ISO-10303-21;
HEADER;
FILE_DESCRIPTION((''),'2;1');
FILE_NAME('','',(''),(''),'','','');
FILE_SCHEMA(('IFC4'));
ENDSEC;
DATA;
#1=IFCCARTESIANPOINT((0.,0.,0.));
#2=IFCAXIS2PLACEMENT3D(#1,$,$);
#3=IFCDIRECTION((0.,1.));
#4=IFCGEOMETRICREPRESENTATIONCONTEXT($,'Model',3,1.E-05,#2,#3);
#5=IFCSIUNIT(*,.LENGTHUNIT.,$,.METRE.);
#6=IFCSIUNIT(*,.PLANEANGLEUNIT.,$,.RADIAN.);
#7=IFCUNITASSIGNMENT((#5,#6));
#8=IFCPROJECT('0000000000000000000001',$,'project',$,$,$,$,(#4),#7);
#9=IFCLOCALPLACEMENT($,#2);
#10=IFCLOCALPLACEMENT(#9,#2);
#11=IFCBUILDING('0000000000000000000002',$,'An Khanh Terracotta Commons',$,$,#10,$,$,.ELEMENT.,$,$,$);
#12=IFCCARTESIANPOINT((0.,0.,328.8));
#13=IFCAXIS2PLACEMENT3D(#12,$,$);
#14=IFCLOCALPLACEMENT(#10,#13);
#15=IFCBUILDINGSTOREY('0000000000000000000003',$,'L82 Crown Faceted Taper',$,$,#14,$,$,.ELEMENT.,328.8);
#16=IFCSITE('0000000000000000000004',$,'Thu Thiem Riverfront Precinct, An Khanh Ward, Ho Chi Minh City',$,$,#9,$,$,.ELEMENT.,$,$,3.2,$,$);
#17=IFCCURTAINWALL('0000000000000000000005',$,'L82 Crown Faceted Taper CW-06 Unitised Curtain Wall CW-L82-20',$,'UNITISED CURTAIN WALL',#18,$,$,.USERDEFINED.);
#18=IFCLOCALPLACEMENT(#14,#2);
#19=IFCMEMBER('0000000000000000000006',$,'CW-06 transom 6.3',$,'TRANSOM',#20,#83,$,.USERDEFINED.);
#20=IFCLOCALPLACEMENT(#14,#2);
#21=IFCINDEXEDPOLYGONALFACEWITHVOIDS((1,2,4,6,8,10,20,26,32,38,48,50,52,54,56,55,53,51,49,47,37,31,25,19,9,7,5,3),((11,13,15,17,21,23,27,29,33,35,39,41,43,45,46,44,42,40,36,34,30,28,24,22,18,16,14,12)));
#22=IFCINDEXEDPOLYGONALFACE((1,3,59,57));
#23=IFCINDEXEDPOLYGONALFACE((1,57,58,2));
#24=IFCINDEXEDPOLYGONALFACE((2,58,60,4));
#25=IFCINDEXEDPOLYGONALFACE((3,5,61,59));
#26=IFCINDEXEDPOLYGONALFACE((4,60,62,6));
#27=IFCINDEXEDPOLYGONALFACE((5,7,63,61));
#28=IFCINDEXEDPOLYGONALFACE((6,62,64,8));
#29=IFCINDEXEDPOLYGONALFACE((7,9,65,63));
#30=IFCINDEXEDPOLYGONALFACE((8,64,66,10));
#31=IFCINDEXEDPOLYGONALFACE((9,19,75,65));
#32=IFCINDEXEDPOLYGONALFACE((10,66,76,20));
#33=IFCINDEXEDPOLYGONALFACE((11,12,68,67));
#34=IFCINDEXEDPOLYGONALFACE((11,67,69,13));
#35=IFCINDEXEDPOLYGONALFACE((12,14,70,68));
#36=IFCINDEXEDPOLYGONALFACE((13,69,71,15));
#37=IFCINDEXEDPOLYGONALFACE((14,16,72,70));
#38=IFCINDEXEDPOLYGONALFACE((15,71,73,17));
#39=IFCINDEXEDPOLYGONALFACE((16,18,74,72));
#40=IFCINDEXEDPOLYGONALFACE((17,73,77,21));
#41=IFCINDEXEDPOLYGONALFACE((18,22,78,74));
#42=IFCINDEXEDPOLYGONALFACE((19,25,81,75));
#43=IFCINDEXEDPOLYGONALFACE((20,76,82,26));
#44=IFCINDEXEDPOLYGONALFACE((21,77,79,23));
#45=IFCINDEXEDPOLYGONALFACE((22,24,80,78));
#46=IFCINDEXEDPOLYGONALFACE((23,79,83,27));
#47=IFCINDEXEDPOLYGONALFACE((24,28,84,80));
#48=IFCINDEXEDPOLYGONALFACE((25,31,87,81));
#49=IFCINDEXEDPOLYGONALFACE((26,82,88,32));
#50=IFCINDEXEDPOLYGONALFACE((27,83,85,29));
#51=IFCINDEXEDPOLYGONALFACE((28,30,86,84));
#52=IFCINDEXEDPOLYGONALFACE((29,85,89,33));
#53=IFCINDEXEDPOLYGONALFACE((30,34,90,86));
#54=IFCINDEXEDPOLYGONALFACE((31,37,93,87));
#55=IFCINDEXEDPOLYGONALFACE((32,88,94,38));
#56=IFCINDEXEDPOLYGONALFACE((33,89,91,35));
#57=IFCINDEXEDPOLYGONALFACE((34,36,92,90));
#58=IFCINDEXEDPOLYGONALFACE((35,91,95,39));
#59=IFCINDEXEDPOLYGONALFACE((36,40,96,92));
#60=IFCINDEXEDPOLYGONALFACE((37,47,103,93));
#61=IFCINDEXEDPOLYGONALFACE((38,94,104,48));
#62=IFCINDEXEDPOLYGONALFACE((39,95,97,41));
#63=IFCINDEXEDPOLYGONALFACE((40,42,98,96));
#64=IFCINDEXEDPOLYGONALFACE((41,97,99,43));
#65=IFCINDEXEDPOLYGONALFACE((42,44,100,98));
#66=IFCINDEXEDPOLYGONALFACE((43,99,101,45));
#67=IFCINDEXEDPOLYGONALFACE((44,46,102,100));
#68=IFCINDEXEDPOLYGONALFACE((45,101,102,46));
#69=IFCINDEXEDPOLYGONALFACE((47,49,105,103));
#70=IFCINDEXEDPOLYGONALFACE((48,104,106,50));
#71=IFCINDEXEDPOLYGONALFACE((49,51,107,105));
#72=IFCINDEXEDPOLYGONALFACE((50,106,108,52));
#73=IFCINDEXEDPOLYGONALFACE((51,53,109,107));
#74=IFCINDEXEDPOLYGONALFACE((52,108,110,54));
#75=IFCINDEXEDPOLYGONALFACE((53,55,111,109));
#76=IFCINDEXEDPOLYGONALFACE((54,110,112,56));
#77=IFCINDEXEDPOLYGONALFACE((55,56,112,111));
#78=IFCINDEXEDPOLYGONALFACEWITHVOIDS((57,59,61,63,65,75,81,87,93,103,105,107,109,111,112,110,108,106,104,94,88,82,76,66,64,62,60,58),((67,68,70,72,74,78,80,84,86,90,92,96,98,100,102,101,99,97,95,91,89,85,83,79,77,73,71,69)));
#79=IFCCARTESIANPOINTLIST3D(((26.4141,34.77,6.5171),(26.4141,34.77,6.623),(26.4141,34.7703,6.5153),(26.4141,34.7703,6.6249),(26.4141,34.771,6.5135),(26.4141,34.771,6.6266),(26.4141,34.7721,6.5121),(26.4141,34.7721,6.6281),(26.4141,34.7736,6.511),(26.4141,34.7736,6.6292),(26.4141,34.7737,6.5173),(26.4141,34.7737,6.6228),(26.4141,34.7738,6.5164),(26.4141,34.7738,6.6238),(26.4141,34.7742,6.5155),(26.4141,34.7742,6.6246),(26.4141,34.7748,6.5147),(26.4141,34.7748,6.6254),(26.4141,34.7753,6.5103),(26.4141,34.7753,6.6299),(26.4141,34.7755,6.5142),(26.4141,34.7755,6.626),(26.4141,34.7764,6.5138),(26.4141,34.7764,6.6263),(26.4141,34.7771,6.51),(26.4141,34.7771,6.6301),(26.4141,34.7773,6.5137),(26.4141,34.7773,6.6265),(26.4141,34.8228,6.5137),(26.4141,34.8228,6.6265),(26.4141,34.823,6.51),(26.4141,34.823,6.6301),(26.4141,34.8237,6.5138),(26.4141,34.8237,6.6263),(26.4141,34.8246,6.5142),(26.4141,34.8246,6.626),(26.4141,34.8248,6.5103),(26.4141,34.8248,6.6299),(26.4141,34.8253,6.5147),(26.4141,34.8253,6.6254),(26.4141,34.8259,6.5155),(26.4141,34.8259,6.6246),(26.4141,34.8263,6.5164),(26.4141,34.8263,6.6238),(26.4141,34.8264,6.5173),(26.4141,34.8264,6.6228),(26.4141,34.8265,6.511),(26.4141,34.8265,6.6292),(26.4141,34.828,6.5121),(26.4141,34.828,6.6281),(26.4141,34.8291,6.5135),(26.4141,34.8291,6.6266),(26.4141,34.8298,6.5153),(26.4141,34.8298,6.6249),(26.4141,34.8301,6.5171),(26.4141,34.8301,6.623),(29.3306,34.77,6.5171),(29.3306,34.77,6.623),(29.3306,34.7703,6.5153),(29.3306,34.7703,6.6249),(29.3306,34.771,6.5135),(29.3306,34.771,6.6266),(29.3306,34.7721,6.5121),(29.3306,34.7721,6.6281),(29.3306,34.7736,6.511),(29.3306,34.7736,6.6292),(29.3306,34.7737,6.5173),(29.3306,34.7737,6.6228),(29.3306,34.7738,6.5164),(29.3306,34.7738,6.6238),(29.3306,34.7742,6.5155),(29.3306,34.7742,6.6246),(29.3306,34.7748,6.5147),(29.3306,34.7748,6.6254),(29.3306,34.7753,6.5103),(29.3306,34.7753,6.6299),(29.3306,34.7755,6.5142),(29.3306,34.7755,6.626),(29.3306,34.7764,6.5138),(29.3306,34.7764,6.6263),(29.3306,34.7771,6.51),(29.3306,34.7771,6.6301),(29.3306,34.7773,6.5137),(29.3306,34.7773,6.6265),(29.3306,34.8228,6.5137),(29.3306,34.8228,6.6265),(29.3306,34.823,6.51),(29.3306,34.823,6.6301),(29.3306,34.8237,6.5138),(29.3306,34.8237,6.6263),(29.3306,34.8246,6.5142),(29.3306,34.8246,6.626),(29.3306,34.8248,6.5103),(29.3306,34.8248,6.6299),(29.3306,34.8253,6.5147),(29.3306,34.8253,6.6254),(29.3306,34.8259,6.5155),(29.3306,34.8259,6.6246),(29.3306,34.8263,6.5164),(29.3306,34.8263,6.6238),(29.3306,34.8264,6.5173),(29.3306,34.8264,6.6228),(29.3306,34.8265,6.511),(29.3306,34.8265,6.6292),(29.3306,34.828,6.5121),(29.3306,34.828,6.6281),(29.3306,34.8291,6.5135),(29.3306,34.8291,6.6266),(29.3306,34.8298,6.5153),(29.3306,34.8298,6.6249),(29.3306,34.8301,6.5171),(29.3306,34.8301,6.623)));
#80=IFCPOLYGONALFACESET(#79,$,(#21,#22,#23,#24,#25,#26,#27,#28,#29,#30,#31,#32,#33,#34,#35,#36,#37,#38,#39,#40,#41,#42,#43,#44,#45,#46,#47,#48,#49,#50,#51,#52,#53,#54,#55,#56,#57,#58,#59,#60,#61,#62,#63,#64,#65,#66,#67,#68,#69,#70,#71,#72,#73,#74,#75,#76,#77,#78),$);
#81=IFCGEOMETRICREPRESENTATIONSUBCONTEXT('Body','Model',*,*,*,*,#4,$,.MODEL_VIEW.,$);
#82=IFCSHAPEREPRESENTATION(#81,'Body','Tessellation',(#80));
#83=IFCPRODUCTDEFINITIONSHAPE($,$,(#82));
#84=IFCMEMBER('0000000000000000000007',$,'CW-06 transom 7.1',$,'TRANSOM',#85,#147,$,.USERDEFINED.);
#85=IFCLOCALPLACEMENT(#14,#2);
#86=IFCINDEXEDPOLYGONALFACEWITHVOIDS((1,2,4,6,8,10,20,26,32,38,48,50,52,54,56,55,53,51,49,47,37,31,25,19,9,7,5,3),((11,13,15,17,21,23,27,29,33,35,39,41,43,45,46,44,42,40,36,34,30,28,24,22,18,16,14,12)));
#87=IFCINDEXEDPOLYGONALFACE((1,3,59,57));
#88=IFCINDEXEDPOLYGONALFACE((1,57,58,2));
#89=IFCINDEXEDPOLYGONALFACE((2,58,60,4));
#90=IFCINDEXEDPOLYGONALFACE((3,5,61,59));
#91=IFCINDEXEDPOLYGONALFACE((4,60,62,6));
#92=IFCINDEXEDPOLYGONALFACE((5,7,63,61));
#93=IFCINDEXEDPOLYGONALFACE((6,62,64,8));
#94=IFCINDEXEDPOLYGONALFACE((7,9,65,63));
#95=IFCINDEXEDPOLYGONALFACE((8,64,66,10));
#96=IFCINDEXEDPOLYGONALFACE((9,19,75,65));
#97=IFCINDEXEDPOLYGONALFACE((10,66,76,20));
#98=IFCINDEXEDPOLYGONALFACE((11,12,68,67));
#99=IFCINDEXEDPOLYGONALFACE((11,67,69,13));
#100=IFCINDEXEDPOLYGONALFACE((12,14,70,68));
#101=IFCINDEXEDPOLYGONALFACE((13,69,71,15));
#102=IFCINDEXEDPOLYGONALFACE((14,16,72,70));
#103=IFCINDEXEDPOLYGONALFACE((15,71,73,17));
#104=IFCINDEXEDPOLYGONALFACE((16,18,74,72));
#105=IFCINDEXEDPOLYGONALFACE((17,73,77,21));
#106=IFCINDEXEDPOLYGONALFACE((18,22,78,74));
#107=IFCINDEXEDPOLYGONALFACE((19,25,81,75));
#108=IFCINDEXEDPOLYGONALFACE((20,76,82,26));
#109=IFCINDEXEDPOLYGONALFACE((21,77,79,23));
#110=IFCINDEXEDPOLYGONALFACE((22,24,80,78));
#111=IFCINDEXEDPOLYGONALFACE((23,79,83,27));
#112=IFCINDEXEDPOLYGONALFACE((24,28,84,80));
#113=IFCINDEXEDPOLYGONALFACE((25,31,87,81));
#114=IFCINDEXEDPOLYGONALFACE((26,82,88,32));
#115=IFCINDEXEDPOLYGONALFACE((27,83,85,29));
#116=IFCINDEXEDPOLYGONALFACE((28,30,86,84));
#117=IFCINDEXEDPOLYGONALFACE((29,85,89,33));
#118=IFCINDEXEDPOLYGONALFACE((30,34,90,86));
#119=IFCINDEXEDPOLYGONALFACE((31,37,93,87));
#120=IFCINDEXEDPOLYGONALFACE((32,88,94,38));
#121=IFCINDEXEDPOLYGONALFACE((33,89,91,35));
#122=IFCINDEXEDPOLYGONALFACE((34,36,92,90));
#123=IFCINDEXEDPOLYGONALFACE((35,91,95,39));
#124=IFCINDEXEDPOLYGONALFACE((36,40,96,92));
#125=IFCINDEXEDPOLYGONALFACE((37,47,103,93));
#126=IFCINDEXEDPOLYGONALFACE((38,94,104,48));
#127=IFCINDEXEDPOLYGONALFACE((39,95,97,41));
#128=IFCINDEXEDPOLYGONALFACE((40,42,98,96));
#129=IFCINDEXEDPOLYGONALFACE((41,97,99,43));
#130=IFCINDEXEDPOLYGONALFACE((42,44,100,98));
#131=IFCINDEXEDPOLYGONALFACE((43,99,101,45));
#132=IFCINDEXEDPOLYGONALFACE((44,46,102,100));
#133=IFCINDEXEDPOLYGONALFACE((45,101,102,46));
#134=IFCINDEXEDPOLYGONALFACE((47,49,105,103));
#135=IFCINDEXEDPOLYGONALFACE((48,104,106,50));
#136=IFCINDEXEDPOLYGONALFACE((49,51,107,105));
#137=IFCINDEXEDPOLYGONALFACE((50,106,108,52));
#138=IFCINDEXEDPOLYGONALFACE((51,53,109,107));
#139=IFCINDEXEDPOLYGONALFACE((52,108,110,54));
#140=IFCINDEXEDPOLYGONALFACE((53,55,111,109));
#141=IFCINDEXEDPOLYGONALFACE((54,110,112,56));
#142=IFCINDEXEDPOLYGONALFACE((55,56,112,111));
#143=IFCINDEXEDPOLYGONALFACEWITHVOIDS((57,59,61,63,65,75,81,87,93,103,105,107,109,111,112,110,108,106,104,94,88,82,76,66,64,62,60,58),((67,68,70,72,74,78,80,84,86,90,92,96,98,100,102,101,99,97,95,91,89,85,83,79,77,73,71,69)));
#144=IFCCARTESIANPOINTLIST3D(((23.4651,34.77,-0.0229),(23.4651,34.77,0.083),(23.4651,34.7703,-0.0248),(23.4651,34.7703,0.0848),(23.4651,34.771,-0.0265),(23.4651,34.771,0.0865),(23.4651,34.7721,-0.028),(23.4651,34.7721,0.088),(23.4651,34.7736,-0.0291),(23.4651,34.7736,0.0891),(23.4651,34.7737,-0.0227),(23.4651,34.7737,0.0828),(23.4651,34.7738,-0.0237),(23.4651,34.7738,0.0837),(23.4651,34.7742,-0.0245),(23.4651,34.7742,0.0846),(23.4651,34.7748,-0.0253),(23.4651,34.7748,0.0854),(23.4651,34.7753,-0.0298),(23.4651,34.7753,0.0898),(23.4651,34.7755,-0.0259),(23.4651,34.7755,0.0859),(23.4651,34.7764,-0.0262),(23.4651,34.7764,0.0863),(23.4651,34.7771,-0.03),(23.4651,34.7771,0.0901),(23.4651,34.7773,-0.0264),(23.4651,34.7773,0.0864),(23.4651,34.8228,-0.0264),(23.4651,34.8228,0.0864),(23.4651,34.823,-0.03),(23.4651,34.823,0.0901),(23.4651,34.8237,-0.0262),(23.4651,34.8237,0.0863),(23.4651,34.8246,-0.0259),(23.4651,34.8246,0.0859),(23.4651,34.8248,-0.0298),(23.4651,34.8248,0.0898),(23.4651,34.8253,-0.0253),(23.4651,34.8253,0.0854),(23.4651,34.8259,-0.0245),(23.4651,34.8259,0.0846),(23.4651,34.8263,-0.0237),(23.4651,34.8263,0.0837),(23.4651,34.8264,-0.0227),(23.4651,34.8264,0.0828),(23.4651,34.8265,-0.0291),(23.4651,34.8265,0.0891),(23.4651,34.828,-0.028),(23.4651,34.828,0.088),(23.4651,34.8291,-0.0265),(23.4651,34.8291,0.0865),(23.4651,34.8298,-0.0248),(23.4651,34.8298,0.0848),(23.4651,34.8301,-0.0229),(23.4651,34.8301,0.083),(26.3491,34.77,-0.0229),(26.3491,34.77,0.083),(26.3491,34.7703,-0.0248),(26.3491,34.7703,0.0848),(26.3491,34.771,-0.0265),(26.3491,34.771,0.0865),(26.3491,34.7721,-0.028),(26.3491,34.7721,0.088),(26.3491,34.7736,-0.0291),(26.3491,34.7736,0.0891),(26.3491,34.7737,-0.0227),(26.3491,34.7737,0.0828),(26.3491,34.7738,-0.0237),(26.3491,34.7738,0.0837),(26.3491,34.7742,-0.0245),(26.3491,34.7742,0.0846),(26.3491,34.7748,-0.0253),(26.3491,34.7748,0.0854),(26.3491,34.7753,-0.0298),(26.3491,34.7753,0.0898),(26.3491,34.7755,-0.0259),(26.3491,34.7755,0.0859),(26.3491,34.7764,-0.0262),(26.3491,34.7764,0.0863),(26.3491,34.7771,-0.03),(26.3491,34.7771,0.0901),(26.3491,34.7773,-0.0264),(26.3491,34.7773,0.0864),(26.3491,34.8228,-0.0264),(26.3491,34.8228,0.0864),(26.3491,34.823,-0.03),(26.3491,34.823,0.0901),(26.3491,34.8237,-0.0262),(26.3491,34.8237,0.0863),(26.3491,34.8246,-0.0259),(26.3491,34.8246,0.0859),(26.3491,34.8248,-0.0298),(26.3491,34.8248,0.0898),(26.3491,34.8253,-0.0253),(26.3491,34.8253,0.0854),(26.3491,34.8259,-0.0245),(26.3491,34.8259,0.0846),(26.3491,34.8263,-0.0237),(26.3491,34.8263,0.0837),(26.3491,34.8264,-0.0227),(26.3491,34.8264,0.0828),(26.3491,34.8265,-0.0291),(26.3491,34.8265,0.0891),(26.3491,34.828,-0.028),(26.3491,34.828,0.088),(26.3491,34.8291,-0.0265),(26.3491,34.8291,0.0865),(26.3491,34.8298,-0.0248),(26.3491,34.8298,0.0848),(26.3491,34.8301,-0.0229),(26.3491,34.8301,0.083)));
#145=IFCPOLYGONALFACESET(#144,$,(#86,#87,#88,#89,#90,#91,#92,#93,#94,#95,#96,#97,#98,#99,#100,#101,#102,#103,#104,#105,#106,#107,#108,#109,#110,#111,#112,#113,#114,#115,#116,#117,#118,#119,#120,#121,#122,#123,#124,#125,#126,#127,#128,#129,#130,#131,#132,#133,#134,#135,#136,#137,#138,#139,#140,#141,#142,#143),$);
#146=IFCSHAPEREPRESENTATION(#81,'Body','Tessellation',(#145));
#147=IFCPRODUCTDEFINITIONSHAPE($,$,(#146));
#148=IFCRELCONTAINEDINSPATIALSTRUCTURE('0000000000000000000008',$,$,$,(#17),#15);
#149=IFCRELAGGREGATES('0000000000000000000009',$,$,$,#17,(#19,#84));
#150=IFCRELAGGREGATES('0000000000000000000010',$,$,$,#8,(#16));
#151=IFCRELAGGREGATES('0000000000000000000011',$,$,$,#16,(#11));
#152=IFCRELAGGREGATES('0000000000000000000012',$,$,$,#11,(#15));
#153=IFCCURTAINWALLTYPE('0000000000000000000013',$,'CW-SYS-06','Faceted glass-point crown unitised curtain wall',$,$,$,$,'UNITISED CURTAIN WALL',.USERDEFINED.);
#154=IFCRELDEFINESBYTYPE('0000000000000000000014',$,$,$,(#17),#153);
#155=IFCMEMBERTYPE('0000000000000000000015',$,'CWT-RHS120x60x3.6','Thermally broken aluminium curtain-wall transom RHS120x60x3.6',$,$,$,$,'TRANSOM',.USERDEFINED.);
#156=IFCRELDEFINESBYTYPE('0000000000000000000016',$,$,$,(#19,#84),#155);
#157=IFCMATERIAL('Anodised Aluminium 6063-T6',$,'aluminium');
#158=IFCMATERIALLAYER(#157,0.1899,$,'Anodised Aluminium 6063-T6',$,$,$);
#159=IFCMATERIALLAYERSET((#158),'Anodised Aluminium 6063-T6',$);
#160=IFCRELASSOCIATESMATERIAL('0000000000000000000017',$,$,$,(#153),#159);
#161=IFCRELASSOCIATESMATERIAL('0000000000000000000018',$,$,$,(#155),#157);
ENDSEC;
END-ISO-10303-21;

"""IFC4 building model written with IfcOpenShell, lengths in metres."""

from ifc_helpers import new_model, si_unit, direction, frame, origin, origin_2d, place, context, subcontext, project, spatial, hollow_rectangle, extrude, material, layer, layer_set, material_profile, profile_set, type_object, element, aggregate, save


model = new_model("IFC4")

# Units and contexts
model_context = context("Model", 3, precision=1e-05, world=origin(), true_north=direction((0.0, 1.0)))
body_context = subcontext(model_context, "Body", "Model", "MODEL_VIEW")
ifc_project = project(units=[si_unit("LENGTHUNIT", "METRE"), si_unit("PLANEANGLEUNIT", "RADIAN")], contexts=[model_context])

# Site, building, storey
site_placement = place(None, origin())
site = spatial("IfcSite", under=ifc_project, at=site_placement, Name="Thu Thiem Riverfront Precinct, An Khanh Ward, Ho Chi Minh City", CompositionType="ELEMENT", RefElevation=3.2)
building_placement = place(site_placement, origin())
building = spatial("IfcBuilding", under=site, at=building_placement, Name="An Khanh Terracotta Commons", CompositionType="ELEMENT")
storey_placement = place(building_placement, frame((0.0, 0.0, 328.8)))
storey = spatial("IfcBuildingStorey", under=building, at=storey_placement, Name="L82 Crown Faceted Taper", CompositionType="ELEMENT", Elevation=328.8)

# Curtain wall, members
ifc_material_1 = material(Name="Anodised Aluminium 6063-T6", Category="aluminium")
ifc_layer_1 = layer(ifc_material_1, 0.1899, Name="Anodised Aluminium 6063-T6")
ifc_layer_set_1 = layer_set([ifc_layer_1], Name="Anodised Aluminium 6063-T6")
curtain_wall_type = type_object("IfcCurtainWallType", Name="CW-SYS-06", Description="Faceted glass-point crown unitised curtain wall", ElementType="UNITISED CURTAIN WALL", PredefinedType="USERDEFINED", material=ifc_layer_set_1)
curtain_wall_placement = place(storey_placement, origin())
curtain_wall = element("IfcCurtainWall", 1, at=curtain_wall_placement, inside=storey, type_object=curtain_wall_type, Name="L82 Crown Faceted Taper CW-06 Unitised Curtain Wall CW-L82-20", ObjectType="UNITISED CURTAIN WALL", PredefinedType="USERDEFINED")
ifc_material_profile_1 = material_profile(ifc_material_1, hollow_rectangle(XDim=0.0601, YDim=0.1201, WallThickness=0.0037, InnerFilletRadius=0.0037, OuterFilletRadius=0.0071, at=origin_2d()), Name="RHS120x60x3.6")
ifc_profile_set_1 = profile_set([ifc_material_profile_1], Name="Anodised Aluminium 6063-T6")
member_type_1 = type_object("IfcMemberType", Name="CWT-RHS120x60x3.6", Description="Thermally broken aluminium curtain-wall transom RHS120x60x3.6", ElementType="TRANSOM", PredefinedType="USERDEFINED", material=ifc_profile_set_1)
member_1_placement = place(storey_placement, frame((29.3306, 34.8, 6.5701), z_axis=(-1.0, 0.0, 0.0), x_axis=(0.0, -1.0, 0.0)))
member_1 = element("IfcMember", 2, at=member_1_placement, type_object=member_type_1, Name="CW-06 transom 6.3", ObjectType="TRANSOM", PredefinedType="USERDEFINED", context=body_context, shape_type="SweptSolid", body=[
    extrude(hollow_rectangle(XDim=0.0601, YDim=0.1201, WallThickness=0.0037, InnerFilletRadius=0.0037, OuterFilletRadius=0.0071, at=origin_2d()), origin(), (0.0, 0.0, 1.0), 2.9165),
])
member_2_placement = place(storey_placement, frame((26.3491, 34.8, 0.03), z_axis=(-1.0, 0.0, 0.0), x_axis=(0.0, -1.0, 0.0)))
member_2 = element("IfcMember", 3, at=member_2_placement, type_object=member_type_1, Name="CW-06 transom 7.1", ObjectType="TRANSOM", PredefinedType="USERDEFINED", context=body_context, shape_type="SweptSolid", body=[
    extrude(hollow_rectangle(XDim=0.0601, YDim=0.1201, WallThickness=0.0037, InnerFilletRadius=0.0037, OuterFilletRadius=0.0071, at=origin_2d()), origin(), (0.0, 0.0, 1.0), 2.884),
])
aggregate(curtain_wall, [member_1, member_2])

save(model, "model.ifc")
